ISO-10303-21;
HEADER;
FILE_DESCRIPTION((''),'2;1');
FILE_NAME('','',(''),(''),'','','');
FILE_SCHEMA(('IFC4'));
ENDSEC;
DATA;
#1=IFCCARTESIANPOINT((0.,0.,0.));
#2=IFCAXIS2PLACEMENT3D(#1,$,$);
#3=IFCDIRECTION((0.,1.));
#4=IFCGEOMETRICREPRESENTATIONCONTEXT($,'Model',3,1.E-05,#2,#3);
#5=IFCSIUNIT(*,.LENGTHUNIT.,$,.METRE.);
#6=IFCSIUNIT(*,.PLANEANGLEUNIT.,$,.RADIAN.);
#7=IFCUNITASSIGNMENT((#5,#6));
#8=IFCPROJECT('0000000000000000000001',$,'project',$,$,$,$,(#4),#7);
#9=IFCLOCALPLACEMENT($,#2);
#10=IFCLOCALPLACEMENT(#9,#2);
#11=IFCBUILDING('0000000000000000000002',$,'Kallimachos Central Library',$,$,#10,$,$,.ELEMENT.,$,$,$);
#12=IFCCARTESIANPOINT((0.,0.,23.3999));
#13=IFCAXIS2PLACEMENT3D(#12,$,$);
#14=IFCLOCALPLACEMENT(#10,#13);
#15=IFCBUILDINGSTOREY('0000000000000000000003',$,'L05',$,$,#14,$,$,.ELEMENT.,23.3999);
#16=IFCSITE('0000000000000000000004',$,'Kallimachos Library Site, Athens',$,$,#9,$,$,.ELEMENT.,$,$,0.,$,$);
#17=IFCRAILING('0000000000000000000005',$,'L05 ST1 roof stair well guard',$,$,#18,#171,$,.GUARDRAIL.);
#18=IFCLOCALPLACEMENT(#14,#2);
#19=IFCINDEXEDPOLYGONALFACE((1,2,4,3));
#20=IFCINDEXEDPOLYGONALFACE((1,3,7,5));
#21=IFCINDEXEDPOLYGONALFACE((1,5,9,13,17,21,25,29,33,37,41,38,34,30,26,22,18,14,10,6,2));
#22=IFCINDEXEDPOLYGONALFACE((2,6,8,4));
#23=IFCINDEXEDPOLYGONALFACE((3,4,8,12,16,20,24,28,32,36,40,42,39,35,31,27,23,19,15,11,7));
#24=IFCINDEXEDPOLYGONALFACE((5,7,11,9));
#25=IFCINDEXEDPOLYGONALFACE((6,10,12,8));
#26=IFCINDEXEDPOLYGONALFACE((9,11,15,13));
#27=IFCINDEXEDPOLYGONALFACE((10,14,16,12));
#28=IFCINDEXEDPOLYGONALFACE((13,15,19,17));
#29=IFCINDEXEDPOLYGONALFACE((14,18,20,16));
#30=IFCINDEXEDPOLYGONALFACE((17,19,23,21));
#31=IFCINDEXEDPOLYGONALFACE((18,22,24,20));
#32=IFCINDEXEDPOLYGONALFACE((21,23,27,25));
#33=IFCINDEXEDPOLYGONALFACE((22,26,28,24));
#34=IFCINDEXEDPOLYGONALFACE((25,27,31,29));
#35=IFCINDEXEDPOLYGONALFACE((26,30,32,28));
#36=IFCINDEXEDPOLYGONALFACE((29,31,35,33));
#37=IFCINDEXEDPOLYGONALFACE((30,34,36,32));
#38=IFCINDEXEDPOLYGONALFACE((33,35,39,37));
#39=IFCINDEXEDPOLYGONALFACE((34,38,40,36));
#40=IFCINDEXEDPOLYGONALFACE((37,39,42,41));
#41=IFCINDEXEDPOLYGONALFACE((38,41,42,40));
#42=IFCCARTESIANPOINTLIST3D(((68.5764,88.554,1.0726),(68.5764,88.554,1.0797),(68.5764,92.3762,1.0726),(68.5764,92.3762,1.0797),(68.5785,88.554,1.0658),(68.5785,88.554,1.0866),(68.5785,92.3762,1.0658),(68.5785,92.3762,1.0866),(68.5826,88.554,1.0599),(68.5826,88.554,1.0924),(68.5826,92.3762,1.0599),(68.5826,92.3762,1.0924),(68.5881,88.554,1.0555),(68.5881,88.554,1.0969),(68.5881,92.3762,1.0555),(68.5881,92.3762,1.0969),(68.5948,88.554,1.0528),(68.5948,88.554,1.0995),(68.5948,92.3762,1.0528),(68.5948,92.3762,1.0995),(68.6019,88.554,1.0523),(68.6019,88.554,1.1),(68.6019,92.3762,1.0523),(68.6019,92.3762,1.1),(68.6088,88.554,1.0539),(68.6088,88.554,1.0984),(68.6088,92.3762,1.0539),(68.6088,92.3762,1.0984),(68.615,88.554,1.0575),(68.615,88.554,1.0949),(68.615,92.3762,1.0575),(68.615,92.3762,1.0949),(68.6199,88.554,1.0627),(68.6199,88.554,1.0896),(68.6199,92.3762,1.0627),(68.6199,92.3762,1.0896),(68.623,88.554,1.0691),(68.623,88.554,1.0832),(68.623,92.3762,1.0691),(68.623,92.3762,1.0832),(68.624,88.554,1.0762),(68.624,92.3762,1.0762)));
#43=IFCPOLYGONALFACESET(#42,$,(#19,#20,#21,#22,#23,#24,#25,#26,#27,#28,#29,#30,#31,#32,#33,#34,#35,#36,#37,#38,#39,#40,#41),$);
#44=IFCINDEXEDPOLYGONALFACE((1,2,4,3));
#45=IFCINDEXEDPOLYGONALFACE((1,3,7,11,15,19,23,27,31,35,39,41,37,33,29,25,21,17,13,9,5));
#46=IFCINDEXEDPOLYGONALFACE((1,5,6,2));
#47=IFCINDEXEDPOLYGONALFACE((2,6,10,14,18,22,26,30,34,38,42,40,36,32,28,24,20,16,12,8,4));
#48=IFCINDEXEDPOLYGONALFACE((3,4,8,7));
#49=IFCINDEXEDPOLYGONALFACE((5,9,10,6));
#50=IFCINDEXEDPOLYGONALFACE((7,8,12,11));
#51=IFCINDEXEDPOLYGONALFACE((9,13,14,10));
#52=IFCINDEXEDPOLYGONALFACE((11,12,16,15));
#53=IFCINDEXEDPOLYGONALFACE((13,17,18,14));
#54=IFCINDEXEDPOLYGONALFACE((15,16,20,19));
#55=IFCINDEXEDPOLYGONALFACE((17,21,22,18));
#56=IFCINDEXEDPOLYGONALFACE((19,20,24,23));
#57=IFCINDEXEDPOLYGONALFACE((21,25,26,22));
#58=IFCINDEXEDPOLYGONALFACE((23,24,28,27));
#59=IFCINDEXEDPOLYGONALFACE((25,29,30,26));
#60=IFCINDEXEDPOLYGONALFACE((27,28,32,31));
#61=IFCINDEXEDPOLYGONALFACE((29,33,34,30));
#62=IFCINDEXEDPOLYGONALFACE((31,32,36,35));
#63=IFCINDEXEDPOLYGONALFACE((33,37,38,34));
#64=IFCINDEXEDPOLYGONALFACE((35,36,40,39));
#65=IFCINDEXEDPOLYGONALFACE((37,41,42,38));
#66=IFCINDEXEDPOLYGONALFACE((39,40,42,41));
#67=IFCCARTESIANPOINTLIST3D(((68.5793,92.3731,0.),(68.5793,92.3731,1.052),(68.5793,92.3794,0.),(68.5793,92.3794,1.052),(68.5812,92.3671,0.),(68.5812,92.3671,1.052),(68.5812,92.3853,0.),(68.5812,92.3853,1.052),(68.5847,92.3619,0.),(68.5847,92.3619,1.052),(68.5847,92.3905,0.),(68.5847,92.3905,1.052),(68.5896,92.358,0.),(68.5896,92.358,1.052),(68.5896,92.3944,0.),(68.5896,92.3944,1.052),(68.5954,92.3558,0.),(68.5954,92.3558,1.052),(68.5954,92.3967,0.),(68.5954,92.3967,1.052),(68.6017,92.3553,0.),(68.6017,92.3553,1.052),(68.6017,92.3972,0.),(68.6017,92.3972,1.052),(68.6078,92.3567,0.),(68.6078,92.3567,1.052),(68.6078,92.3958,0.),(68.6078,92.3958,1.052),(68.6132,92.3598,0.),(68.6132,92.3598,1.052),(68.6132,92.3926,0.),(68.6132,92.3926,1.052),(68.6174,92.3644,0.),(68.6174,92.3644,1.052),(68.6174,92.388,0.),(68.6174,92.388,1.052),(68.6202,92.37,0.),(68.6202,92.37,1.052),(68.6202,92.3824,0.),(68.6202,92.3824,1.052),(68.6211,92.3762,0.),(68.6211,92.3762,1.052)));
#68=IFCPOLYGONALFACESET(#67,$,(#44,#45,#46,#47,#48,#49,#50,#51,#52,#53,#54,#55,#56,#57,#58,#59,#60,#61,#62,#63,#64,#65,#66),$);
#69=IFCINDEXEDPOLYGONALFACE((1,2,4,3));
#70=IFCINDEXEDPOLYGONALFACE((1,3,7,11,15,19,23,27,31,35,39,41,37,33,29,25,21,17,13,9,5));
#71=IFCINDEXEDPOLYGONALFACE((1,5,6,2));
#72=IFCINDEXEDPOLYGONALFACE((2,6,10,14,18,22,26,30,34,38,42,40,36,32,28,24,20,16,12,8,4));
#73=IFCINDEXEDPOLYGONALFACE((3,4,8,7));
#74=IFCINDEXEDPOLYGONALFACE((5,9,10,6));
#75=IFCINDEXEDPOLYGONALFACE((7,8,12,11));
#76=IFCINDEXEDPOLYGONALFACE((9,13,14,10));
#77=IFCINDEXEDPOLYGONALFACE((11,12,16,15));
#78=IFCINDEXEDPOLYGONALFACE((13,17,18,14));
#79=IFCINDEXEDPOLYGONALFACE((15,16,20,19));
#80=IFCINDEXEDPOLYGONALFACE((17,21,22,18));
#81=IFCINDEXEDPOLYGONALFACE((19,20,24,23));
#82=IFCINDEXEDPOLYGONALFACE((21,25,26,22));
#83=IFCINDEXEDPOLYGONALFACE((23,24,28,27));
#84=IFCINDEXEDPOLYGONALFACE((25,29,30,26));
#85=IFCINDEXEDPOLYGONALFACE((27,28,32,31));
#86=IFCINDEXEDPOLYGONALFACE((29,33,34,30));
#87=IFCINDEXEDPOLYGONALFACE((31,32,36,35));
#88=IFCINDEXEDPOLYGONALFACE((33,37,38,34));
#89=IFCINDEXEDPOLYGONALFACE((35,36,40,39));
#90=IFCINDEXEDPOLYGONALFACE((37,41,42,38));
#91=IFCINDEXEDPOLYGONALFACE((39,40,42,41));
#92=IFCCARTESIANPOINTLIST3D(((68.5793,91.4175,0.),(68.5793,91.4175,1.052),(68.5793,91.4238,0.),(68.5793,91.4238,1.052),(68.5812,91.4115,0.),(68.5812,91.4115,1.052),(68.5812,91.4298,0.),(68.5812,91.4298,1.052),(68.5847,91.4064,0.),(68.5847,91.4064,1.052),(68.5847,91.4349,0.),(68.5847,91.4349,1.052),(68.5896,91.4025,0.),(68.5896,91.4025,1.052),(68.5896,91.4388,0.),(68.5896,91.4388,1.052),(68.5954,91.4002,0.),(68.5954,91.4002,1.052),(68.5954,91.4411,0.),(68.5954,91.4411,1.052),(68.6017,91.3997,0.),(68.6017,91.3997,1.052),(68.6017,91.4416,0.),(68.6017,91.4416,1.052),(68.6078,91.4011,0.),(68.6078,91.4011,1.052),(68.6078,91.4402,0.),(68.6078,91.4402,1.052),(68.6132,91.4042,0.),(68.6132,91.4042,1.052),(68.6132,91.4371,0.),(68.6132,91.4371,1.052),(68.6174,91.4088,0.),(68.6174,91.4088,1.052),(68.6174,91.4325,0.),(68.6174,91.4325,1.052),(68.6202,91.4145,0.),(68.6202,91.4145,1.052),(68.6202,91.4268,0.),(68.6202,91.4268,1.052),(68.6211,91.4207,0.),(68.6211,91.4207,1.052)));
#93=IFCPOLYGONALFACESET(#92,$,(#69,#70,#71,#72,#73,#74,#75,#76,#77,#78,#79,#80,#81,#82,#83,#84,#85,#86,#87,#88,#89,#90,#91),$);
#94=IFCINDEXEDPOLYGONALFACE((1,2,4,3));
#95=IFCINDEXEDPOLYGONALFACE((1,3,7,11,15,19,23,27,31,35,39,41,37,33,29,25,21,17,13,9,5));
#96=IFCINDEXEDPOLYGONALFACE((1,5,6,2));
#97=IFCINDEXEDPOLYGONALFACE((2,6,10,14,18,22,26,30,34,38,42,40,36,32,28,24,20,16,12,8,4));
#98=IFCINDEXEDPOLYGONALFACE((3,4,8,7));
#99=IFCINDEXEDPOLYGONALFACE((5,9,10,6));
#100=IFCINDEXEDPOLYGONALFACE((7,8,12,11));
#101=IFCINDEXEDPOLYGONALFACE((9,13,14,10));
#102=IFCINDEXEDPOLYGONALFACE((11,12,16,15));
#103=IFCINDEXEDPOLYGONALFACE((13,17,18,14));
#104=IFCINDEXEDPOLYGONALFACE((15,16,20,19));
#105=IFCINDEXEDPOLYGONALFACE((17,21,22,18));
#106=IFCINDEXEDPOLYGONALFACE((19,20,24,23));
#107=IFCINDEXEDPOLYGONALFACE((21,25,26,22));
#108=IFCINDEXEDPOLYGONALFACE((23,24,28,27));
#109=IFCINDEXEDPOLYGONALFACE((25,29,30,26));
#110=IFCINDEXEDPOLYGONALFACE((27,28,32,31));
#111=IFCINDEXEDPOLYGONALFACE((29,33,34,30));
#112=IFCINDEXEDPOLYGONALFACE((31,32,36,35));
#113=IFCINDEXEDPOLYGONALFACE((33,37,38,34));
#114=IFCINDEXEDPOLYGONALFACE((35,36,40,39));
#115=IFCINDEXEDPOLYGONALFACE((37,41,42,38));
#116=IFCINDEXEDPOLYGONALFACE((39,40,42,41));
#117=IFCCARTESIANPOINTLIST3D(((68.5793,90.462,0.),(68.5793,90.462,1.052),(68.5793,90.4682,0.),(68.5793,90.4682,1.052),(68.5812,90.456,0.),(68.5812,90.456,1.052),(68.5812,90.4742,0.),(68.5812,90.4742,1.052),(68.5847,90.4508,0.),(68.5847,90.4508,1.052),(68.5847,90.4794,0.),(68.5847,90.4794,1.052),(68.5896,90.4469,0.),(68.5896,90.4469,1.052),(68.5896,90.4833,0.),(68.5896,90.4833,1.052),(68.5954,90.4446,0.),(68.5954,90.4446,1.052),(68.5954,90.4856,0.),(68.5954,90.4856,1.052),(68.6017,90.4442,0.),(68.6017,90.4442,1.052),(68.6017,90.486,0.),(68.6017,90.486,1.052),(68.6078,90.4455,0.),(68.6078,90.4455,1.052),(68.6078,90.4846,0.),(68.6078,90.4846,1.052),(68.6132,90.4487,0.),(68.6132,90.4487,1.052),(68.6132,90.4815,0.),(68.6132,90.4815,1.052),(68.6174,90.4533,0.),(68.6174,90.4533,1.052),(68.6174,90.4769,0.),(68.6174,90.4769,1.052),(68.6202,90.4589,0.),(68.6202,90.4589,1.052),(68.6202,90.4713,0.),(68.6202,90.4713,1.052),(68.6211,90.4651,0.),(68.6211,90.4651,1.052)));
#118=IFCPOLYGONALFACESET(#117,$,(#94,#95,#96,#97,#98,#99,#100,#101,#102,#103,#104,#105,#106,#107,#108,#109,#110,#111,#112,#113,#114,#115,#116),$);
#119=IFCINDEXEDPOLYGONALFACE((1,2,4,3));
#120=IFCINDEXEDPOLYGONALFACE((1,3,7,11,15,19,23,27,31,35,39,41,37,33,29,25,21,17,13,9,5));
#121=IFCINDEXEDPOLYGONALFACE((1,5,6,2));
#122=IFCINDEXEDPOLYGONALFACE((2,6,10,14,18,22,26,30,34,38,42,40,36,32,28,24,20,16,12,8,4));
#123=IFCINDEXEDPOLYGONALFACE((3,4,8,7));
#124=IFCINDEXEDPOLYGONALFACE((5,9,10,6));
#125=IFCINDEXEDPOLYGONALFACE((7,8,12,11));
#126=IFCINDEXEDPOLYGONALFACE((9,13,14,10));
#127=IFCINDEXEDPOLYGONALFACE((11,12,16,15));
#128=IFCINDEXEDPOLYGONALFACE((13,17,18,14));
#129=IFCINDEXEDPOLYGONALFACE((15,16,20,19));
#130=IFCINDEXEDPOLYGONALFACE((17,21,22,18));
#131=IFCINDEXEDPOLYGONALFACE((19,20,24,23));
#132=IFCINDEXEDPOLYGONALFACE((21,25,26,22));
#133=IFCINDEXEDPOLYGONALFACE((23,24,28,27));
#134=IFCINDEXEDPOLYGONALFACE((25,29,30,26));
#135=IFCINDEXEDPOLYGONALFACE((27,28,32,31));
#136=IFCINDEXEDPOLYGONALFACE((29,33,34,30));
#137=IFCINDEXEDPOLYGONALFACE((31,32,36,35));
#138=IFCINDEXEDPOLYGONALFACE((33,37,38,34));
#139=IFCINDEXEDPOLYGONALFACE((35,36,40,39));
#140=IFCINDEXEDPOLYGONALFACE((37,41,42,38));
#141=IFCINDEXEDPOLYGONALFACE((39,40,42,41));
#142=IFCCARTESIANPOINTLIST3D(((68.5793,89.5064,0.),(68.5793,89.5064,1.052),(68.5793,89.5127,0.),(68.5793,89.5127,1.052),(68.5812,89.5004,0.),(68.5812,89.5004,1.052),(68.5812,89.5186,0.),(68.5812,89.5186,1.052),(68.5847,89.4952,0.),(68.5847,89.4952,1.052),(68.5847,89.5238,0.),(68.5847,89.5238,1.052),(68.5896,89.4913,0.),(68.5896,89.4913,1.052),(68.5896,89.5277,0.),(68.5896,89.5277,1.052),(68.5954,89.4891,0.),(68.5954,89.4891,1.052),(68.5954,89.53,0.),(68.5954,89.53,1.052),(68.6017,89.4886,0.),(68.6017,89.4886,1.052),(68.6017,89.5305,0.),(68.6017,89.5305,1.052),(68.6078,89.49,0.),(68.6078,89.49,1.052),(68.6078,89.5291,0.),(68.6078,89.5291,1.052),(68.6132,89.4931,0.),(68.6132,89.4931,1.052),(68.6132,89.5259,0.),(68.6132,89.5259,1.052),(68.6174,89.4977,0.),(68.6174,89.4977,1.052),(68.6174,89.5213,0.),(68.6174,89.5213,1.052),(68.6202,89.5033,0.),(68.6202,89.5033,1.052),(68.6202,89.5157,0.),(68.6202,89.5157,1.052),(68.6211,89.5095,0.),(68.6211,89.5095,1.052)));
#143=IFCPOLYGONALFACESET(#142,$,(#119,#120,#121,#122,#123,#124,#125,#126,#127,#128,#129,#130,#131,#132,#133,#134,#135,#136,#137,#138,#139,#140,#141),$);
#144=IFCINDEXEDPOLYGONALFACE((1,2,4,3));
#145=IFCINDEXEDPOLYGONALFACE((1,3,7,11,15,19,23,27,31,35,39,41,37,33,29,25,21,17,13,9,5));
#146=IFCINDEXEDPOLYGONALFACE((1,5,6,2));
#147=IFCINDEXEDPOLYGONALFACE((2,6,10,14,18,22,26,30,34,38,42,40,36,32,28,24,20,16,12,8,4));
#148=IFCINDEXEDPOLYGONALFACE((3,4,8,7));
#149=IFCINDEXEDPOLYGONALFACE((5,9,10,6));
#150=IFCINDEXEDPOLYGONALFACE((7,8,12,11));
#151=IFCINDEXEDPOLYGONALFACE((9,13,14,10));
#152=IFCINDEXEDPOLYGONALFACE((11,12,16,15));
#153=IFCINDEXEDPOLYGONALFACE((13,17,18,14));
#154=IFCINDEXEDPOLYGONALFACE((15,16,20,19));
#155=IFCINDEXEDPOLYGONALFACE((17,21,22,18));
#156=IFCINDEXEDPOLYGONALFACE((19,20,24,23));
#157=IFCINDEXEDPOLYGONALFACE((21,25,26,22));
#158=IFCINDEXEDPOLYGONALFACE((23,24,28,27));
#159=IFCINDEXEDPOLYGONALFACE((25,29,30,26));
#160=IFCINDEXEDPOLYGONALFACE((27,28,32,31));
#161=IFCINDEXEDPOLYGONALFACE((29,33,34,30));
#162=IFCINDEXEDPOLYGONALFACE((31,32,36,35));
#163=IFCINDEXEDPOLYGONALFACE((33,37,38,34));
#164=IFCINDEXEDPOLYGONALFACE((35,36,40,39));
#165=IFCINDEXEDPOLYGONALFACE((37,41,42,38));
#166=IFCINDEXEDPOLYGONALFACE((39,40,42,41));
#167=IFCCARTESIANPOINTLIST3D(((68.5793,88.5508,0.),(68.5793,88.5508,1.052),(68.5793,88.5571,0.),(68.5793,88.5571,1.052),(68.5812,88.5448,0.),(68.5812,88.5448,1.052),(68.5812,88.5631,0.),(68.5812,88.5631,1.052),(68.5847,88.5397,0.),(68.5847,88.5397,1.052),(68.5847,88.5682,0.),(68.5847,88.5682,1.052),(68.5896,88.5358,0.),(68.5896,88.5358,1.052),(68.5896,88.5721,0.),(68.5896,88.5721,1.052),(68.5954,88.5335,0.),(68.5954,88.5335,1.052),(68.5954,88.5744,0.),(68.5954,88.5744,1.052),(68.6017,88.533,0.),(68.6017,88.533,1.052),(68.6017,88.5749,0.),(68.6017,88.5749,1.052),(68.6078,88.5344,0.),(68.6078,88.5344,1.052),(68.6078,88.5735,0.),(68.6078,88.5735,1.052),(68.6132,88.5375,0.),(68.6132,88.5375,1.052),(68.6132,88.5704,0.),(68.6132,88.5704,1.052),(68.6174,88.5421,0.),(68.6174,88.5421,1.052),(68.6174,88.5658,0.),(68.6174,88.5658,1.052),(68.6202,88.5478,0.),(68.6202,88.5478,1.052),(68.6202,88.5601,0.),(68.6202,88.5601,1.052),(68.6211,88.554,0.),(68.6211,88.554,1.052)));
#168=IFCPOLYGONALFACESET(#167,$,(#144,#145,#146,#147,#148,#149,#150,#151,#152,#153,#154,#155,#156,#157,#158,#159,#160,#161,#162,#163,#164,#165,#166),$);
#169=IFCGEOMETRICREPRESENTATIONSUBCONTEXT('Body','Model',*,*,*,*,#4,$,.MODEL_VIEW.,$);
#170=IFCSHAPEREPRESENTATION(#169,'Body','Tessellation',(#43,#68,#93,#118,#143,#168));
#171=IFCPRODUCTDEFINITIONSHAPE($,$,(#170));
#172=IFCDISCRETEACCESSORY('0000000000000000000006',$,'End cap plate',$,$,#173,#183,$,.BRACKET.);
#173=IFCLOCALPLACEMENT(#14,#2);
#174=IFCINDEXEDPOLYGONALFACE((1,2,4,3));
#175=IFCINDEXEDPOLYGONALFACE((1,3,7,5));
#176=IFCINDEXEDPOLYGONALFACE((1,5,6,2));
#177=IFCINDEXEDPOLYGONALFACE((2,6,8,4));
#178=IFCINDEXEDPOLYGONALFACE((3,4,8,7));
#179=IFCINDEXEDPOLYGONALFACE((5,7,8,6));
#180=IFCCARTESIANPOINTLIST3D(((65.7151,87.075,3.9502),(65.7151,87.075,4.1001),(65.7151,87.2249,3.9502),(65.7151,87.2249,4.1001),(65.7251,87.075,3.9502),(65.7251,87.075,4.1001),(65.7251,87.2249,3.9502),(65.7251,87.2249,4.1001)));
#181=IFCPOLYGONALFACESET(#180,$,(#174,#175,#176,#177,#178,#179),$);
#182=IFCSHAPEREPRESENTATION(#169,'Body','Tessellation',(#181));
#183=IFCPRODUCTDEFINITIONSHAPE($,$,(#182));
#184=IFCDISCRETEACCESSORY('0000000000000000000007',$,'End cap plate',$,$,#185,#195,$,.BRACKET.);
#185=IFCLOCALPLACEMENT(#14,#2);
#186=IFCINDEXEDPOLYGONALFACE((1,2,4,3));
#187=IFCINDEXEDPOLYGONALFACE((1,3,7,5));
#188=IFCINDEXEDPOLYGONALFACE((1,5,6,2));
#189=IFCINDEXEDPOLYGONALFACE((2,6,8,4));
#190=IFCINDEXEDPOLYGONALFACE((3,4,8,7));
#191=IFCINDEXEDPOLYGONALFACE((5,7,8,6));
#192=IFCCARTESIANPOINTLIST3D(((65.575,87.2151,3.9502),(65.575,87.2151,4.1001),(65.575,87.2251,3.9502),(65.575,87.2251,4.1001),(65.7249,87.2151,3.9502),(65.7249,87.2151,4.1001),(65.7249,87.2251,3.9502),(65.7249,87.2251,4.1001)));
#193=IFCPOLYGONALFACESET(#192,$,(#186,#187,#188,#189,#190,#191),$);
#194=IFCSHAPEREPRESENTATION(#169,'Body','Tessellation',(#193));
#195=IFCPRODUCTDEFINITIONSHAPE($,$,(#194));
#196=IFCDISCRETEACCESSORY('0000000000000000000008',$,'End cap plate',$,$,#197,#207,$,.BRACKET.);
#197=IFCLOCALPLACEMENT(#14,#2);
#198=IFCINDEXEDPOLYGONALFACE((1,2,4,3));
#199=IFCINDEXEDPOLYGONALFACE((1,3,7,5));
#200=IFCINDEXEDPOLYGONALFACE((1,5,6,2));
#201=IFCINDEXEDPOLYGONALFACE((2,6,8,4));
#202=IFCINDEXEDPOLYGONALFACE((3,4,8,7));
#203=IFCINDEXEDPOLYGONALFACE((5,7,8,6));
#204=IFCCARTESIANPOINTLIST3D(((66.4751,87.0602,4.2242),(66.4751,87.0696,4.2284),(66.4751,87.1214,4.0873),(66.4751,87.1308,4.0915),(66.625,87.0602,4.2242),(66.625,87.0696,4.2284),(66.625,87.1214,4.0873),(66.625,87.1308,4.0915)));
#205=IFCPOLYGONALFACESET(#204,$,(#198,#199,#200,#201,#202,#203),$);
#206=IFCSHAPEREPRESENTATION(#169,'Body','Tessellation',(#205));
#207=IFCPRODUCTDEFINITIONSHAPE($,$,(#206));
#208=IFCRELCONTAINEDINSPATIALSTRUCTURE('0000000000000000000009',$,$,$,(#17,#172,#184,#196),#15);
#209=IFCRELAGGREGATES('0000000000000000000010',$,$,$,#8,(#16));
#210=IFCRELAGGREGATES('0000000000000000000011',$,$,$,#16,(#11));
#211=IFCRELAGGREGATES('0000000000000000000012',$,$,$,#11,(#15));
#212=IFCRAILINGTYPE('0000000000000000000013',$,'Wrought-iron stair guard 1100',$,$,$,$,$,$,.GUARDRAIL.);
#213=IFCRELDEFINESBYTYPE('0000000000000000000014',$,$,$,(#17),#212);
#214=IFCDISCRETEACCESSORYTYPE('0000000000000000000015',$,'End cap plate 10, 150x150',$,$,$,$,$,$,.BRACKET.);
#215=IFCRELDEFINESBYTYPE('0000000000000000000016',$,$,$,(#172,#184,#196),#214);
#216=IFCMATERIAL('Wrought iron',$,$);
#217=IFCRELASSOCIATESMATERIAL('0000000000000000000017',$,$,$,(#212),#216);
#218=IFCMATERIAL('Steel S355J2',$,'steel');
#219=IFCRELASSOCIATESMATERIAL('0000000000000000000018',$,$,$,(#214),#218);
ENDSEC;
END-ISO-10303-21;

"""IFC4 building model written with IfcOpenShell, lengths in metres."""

from ifc_helpers import new_model, si_unit, direction, frame, origin, origin_2d, place, context, subcontext, project, spatial, rectangle, circle, extrude, material, material_profile, profile_set, type_object, element, save


model = new_model("IFC4")

# Units and contexts
model_context = context("Model", 3, precision=1e-05, world=origin(), true_north=direction((0.0, 1.0)))
body_context = subcontext(model_context, "Body", "Model", "MODEL_VIEW")
ifc_project = project(units=[si_unit("LENGTHUNIT", "METRE"), si_unit("PLANEANGLEUNIT", "RADIAN")], contexts=[model_context])

# Site, building, storey
site_placement = place(None, origin())
site = spatial("IfcSite", under=ifc_project, at=site_placement, Name="Kallimachos Library Site, Athens", CompositionType="ELEMENT", RefElevation=0.0)
building_placement = place(site_placement, origin())
building = spatial("IfcBuilding", under=site, at=building_placement, Name="Kallimachos Central Library", CompositionType="ELEMENT")
storey_placement = place(building_placement, frame((0.0, 0.0, 23.3999)))
storey = spatial("IfcBuildingStorey", under=building, at=storey_placement, Name="L05", CompositionType="ELEMENT", Elevation=23.3999)

# Railing
ifc_material_1 = material(Name="Wrought iron")
railing_type = type_object("IfcRailingType", Name="Wrought-iron stair guard 1100", PredefinedType="GUARDRAIL", material=ifc_material_1)
railing_1_placement = place(storey_placement, frame((68.6001, 92.3762, 0.0)))
element("IfcRailing", 1, at=railing_1_placement, inside=storey, type_object=railing_type, Name="L05 ST1 roof stair well guard", PredefinedType="GUARDRAIL", context=body_context, shape_type="SweptSolid", body=[
    extrude(circle(Radius=0.0239, at=origin_2d()), frame((0.0, 0.0, 1.0762), z_axis=(0.0, -1.0, 0.0), x_axis=(1.0, 0.0, 0.0)), (0.0, 0.0, 1.0), 3.8223),
    extrude(circle(Radius=0.021, at=origin_2d()), origin(), (0.0, 0.0, 1.0), 1.052),
    extrude(circle(Radius=0.021, at=origin_2d()), frame((0.0, -0.9556, 0.0)), (0.0, 0.0, 1.0), 1.052),
    extrude(circle(Radius=0.021, at=origin_2d()), frame((0.0, -1.9111, 0.0)), (0.0, 0.0, 1.0), 1.052),
    extrude(circle(Radius=0.021, at=origin_2d()), frame((0.0, -2.8667, 0.0)), (0.0, 0.0, 1.0), 1.052),
    extrude(circle(Radius=0.021, at=origin_2d()), frame((0.0, -3.8223, 0.0)), (0.0, 0.0, 1.0), 1.052),
])

# Discrete accessories
ifc_material_2 = material(Name="Steel S355J2", Category="steel")
ifc_material_profile_1 = material_profile(ifc_material_2, rectangle(XDim=0.1499, YDim=0.1499, at=origin_2d()), Name="End cap plate 10, 150x150")
ifc_profile_set_1 = profile_set([ifc_material_profile_1], Name="Steel S355J2")
discrete_accessory_type = type_object("IfcDiscreteAccessoryType", Name="End cap plate 10, 150x150", PredefinedType="BRACKET", material=ifc_profile_set_1)
for number, where, z_axis, x_axis, name in (
    (2, (65.7151, 87.1499, 4.0251), (1.0, 0.0, 0.0), (0.0, 1.0, 0.0), "End cap plate"),
    (3, (65.6499, 87.2151, 4.0251), (0.0, 1.0, 0.0), (-1.0, 0.0, 0.0), "End cap plate"),
):
    element("IfcDiscreteAccessory", number, at=place(storey_placement, frame(where, z_axis=z_axis, x_axis=x_axis)), inside=storey, type_object=discrete_accessory_type, Name=name, PredefinedType="BRACKET", context=body_context, shape_type="SweptSolid", body=[
        extrude(rectangle(XDim=0.1499, YDim=0.1499, at=origin_2d()), origin(), (0.0, 0.0, 1.0), 0.01),
    ])
discrete_accessory_1_placement = place(storey_placement, frame((66.55, 87.0908, 4.1558), z_axis=(0.0, 0.912818, 0.408366), x_axis=(-1.0, 0.0, 0.0)))
element("IfcDiscreteAccessory", 4, at=discrete_accessory_1_placement, inside=storey, type_object=discrete_accessory_type, Name="End cap plate", PredefinedType="BRACKET", context=body_context, shape_type="SweptSolid", body=[
    extrude(rectangle(XDim=0.1499, YDim=0.1499, at=origin_2d()), origin(), (0.0, 0.0, 1.0), 0.0103),
])

save(model, "model.ifc")
